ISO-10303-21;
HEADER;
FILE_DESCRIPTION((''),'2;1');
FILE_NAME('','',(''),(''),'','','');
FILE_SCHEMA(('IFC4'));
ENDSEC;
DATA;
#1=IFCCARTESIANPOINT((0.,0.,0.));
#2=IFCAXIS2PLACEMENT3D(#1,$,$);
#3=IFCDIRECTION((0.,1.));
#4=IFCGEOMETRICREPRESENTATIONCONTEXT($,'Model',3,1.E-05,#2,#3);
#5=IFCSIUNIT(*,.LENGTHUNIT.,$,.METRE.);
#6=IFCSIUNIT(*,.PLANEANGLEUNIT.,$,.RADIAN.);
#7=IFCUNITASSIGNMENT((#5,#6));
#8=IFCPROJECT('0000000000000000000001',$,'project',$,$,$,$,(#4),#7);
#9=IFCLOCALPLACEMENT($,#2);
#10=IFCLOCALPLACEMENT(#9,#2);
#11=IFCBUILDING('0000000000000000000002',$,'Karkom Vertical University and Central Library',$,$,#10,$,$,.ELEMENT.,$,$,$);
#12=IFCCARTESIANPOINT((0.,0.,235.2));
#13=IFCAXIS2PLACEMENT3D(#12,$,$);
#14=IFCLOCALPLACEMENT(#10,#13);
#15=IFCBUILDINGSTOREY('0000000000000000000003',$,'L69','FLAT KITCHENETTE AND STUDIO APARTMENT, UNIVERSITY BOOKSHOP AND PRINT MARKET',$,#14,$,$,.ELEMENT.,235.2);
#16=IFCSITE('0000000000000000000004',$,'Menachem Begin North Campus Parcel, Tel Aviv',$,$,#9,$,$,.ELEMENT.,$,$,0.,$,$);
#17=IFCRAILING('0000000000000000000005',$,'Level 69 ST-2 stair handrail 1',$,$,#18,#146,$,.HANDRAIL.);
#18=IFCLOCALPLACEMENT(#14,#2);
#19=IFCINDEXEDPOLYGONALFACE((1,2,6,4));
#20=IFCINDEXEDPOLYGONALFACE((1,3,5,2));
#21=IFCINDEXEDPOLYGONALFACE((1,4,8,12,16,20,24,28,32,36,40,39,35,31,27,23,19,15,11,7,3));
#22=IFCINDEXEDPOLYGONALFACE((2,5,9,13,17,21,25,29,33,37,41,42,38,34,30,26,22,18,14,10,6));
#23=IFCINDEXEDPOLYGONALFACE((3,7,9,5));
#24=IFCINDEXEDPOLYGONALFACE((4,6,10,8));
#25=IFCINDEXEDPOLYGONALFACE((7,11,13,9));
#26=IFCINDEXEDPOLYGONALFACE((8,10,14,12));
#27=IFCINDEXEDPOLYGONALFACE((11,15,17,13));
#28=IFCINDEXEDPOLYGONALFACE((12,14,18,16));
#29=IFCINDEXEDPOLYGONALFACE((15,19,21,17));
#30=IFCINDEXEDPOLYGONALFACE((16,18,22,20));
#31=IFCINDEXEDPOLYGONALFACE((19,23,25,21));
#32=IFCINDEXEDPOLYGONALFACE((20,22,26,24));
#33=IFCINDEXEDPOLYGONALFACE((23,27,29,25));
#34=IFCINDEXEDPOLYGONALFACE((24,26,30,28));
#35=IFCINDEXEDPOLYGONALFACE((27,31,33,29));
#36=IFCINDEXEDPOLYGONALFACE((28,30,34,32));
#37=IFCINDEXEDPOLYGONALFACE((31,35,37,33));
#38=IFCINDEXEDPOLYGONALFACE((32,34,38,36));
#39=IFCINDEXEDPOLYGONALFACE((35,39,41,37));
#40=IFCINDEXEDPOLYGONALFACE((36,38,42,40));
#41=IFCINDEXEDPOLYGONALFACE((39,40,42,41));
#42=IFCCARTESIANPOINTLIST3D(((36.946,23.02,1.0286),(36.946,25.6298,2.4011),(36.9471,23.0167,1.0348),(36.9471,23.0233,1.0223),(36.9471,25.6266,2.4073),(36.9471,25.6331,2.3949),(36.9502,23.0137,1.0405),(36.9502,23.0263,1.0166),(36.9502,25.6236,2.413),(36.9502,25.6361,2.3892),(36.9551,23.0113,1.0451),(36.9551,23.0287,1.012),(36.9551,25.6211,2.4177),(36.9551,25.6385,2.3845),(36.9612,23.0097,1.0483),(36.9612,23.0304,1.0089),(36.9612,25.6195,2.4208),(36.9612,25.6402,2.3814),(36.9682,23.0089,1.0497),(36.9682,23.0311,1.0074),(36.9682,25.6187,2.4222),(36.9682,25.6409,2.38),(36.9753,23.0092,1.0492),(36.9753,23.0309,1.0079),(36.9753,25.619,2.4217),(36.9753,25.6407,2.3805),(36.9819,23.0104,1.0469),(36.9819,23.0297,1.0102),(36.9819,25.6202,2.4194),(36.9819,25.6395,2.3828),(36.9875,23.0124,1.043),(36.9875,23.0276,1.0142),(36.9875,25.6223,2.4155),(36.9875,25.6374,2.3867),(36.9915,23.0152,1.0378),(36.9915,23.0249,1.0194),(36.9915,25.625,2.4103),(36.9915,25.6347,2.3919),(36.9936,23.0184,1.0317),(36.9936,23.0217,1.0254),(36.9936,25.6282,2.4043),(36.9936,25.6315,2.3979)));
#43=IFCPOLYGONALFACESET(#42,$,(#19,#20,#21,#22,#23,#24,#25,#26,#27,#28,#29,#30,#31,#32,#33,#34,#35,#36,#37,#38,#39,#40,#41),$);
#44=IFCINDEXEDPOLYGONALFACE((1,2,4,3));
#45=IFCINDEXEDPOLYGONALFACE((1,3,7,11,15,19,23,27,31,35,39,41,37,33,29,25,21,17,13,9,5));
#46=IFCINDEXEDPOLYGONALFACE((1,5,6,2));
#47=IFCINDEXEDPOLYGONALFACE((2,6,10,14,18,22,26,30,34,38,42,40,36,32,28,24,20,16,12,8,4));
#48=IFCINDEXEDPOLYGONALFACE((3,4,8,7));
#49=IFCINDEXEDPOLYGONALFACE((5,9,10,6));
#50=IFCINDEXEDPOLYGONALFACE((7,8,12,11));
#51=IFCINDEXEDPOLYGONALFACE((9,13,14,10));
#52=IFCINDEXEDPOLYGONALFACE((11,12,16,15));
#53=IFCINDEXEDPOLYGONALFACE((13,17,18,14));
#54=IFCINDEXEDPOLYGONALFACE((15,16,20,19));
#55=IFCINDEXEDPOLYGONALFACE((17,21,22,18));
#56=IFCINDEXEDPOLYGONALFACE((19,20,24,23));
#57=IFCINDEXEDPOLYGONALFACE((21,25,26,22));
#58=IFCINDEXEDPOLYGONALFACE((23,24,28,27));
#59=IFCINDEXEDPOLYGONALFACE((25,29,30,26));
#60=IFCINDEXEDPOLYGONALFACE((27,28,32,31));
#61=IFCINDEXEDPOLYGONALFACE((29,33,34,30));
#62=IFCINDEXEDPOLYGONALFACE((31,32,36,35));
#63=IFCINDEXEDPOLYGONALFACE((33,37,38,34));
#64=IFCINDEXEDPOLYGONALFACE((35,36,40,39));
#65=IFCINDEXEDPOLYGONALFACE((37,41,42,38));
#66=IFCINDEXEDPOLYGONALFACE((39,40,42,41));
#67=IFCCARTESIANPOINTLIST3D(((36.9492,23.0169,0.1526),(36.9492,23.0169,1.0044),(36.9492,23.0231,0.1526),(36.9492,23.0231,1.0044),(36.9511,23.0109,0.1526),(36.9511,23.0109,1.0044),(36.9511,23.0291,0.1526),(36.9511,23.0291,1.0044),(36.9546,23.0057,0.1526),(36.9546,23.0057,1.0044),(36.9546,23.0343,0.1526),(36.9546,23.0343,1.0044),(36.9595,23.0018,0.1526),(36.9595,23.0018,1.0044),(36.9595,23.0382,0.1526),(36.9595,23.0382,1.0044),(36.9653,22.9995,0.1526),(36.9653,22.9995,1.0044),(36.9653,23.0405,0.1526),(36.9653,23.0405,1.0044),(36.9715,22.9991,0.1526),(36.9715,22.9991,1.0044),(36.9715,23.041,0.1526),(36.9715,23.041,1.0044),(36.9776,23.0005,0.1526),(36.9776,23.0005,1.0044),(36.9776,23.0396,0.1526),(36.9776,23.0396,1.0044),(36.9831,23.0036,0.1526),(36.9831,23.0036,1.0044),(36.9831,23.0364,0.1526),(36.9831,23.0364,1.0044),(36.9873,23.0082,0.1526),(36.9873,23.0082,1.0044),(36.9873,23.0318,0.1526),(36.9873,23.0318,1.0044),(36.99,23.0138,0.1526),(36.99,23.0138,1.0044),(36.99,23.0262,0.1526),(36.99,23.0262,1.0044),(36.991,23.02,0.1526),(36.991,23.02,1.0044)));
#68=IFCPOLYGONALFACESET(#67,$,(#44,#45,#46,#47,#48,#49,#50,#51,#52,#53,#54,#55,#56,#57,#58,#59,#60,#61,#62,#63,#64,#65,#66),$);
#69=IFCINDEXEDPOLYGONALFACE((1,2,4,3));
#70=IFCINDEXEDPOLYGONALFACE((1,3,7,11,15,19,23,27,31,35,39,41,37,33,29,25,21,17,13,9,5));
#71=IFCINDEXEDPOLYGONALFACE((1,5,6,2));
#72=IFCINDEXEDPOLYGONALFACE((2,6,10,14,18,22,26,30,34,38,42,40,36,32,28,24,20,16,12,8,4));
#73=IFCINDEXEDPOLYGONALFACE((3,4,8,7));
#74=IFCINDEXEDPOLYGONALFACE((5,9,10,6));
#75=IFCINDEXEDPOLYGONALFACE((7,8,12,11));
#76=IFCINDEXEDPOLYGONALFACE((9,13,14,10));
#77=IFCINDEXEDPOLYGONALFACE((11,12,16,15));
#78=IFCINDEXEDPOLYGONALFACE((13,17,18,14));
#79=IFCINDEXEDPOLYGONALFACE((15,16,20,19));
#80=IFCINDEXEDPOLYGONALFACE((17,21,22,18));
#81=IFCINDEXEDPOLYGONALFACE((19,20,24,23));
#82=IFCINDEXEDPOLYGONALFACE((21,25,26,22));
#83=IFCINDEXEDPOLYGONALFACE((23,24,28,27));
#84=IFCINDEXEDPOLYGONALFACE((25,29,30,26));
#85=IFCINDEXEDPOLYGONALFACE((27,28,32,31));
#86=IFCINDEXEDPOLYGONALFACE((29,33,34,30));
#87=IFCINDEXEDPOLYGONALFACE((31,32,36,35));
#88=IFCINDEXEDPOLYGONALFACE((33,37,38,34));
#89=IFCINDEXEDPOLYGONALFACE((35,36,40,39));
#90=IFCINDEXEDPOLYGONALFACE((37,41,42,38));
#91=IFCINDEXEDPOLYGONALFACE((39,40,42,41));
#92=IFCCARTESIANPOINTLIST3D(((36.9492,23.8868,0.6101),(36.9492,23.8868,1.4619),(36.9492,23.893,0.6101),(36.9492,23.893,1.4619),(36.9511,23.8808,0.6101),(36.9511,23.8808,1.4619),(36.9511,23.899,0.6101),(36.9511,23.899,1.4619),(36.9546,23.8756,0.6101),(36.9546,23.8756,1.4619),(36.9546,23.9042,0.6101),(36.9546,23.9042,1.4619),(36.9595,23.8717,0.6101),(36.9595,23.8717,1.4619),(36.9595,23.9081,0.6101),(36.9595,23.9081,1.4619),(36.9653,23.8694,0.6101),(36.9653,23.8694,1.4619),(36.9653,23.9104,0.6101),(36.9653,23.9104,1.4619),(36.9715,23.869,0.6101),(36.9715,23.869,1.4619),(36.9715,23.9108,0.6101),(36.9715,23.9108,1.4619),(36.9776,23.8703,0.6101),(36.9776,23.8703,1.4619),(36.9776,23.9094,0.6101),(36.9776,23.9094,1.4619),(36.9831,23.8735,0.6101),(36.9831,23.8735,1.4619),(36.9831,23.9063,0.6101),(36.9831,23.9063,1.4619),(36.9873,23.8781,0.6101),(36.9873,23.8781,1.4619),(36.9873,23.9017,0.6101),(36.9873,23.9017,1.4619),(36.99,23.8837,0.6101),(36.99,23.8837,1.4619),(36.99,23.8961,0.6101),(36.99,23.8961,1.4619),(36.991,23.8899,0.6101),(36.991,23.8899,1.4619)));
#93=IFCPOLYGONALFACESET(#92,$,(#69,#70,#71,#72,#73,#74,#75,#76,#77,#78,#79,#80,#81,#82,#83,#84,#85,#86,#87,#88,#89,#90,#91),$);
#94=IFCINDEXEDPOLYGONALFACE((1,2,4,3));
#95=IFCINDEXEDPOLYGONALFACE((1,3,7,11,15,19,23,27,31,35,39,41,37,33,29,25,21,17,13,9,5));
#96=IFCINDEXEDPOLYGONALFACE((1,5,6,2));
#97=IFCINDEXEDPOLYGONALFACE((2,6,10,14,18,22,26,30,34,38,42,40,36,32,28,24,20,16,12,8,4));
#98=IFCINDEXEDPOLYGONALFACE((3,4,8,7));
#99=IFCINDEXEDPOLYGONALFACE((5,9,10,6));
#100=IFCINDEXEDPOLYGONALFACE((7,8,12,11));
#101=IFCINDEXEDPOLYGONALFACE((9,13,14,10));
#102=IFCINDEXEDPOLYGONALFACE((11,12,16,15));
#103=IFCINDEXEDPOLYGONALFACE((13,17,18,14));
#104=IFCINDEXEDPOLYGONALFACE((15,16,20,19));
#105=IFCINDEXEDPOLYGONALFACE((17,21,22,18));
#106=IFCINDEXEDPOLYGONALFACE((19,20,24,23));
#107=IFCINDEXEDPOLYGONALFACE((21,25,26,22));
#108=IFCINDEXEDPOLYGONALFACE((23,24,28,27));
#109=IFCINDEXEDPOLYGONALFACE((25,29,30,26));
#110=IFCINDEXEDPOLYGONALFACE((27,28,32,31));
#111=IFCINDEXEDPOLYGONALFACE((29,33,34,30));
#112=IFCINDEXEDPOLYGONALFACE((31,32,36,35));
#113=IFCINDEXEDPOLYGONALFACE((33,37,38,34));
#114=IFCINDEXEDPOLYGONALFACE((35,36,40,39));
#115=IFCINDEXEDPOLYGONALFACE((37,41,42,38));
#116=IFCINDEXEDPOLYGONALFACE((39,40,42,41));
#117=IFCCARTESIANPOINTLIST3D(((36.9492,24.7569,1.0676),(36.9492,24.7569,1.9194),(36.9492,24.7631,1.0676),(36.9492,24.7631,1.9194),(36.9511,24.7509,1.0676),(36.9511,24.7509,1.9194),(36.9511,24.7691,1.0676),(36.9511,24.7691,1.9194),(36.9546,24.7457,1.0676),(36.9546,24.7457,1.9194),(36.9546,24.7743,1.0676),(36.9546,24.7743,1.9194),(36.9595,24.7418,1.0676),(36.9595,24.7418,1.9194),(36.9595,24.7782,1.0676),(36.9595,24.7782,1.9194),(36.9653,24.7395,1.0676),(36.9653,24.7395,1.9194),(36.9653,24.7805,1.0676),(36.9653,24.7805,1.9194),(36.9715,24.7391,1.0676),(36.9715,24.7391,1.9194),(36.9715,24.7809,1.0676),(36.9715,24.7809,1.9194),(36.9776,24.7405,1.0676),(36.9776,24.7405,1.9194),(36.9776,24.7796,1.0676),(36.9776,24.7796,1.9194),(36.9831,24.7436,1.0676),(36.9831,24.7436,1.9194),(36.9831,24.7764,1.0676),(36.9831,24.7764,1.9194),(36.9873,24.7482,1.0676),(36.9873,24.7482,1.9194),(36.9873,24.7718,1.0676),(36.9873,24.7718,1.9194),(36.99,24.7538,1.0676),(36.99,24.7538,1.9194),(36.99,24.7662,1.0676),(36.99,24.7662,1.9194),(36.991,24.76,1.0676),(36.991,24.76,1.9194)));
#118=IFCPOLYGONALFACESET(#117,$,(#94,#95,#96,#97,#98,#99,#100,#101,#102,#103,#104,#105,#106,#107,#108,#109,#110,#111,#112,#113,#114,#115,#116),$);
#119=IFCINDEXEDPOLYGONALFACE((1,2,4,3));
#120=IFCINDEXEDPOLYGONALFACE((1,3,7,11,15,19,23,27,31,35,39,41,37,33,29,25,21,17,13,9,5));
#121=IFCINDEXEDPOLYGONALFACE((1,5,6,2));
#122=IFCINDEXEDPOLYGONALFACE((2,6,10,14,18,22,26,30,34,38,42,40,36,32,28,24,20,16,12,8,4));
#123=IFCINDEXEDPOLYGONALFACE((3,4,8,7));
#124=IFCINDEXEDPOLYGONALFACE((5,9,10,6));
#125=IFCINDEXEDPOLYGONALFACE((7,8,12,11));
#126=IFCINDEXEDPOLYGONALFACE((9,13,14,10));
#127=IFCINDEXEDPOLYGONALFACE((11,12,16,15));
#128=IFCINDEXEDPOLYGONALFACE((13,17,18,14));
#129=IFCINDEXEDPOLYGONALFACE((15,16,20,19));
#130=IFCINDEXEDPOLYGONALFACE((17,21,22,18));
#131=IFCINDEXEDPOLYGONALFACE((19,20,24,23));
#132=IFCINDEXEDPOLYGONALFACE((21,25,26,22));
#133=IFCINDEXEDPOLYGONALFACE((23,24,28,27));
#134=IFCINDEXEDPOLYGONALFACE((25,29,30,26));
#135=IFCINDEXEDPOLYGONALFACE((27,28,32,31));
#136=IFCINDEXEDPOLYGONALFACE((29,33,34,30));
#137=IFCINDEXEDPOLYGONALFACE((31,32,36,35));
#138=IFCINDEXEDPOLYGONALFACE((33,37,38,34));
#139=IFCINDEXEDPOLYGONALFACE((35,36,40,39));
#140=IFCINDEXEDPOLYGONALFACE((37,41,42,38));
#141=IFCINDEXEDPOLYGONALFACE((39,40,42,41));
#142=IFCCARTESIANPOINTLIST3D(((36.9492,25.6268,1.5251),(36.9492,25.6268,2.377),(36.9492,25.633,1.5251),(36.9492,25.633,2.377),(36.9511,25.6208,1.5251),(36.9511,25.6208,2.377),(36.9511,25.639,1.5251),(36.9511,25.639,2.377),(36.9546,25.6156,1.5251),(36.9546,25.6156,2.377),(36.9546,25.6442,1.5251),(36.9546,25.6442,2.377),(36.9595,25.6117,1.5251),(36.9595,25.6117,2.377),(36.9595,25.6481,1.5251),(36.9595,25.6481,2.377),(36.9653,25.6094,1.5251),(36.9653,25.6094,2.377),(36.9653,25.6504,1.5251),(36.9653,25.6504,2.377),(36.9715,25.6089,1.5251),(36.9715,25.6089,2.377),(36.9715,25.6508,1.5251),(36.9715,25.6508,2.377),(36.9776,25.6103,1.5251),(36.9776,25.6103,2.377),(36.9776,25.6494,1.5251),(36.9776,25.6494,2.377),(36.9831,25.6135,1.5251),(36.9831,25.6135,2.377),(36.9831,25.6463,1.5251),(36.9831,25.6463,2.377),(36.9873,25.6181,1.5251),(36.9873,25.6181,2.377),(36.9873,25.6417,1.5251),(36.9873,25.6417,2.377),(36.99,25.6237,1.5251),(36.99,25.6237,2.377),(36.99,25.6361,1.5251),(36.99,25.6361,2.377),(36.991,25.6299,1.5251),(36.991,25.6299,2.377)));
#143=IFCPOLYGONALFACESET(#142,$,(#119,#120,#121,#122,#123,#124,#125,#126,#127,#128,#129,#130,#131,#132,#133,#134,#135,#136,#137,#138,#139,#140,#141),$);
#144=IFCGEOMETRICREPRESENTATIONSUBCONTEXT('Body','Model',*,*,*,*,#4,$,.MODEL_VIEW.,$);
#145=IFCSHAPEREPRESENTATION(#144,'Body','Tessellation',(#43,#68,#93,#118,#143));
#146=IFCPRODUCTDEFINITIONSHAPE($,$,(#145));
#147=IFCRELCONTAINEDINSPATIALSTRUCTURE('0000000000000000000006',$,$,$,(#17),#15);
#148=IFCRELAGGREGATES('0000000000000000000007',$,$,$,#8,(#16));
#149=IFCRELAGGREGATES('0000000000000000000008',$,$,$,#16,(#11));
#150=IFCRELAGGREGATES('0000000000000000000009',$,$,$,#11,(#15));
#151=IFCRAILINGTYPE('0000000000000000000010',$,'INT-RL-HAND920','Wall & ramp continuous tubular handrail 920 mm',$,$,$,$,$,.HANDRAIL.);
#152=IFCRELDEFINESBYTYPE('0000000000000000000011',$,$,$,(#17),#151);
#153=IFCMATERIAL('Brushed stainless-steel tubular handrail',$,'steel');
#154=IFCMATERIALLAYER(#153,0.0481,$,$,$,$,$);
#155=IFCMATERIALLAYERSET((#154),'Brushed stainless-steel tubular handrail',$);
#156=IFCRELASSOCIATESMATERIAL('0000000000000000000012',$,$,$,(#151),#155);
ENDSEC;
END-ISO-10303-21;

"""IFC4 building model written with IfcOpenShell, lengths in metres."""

from ifc_helpers import new_model, si_unit, direction, frame, origin, origin_2d, place, context, subcontext, project, spatial, circle, extrude, material, layer, layer_set, type_object, element, save


model = new_model("IFC4")

# Units and contexts
model_context = context("Model", 3, precision=1e-05, world=origin(), true_north=direction((0.0, 1.0)))
body_context = subcontext(model_context, "Body", "Model", "MODEL_VIEW")
ifc_project = project(units=[si_unit("LENGTHUNIT", "METRE"), si_unit("PLANEANGLEUNIT", "RADIAN")], contexts=[model_context])

# Site, building, storey
site_placement = place(None, origin())
site = spatial("IfcSite", under=ifc_project, at=site_placement, Name="Menachem Begin North Campus Parcel, Tel Aviv", CompositionType="ELEMENT", RefElevation=0.0)
building_placement = place(site_placement, origin())
building = spatial("IfcBuilding", under=site, at=building_placement, Name="Karkom Vertical University and Central Library", CompositionType="ELEMENT")
storey_placement = place(building_placement, frame((0.0, 0.0, 235.2)))
storey = spatial("IfcBuildingStorey", under=building, at=storey_placement, Name="L69", Description="FLAT KITCHENETTE AND STUDIO APARTMENT, UNIVERSITY BOOKSHOP AND PRINT MARKET", CompositionType="ELEMENT", Elevation=235.2)

# Railing
ifc_material_1 = material(Name="Brushed stainless-steel tubular handrail", Category="steel")
ifc_layer_1 = layer(ifc_material_1, 0.0481)
ifc_layer_set_1 = layer_set([ifc_layer_1], Name="Brushed stainless-steel tubular handrail")
railing_type_1 = type_object("IfcRailingType", Name="INT-RL-HAND920", Description="Wall & ramp continuous tubular handrail 920 mm", PredefinedType="HANDRAIL", material=ifc_layer_set_1)
railing_1_placement = place(storey_placement, frame((36.97, 23.02, 0.1526)))
element("IfcRailing", 1, at=railing_1_placement, inside=storey, type_object=railing_type_1, Name="Level 69 ST-2 stair handrail 1", PredefinedType="HANDRAIL", context=body_context, shape_type="SweptSolid", body=[
    extrude(circle(Radius=0.0239, at=origin_2d()), frame((0.0, 0.0, 0.876), z_axis=(0.0, 0.885065, 0.465467), x_axis=(-1.0, 0.0, 0.0)), (0.0, 0.0, 1.0), 2.9487),
    extrude(circle(Radius=0.021, at=origin_2d()), origin(), (0.0, 0.0, 1.0), 0.8518),
    extrude(circle(Radius=0.021, at=origin_2d()), frame((0.0, 0.8699, 0.4575)), (0.0, 0.0, 1.0), 0.8518),
    extrude(circle(Radius=0.021, at=origin_2d()), frame((0.0, 1.74, 0.915)), (0.0, 0.0, 1.0), 0.8518),
    extrude(circle(Radius=0.021, at=origin_2d()), frame((0.0, 2.6099, 1.3726)), (0.0, 0.0, 1.0), 0.8518),
])

save(model, "model.ifc")
